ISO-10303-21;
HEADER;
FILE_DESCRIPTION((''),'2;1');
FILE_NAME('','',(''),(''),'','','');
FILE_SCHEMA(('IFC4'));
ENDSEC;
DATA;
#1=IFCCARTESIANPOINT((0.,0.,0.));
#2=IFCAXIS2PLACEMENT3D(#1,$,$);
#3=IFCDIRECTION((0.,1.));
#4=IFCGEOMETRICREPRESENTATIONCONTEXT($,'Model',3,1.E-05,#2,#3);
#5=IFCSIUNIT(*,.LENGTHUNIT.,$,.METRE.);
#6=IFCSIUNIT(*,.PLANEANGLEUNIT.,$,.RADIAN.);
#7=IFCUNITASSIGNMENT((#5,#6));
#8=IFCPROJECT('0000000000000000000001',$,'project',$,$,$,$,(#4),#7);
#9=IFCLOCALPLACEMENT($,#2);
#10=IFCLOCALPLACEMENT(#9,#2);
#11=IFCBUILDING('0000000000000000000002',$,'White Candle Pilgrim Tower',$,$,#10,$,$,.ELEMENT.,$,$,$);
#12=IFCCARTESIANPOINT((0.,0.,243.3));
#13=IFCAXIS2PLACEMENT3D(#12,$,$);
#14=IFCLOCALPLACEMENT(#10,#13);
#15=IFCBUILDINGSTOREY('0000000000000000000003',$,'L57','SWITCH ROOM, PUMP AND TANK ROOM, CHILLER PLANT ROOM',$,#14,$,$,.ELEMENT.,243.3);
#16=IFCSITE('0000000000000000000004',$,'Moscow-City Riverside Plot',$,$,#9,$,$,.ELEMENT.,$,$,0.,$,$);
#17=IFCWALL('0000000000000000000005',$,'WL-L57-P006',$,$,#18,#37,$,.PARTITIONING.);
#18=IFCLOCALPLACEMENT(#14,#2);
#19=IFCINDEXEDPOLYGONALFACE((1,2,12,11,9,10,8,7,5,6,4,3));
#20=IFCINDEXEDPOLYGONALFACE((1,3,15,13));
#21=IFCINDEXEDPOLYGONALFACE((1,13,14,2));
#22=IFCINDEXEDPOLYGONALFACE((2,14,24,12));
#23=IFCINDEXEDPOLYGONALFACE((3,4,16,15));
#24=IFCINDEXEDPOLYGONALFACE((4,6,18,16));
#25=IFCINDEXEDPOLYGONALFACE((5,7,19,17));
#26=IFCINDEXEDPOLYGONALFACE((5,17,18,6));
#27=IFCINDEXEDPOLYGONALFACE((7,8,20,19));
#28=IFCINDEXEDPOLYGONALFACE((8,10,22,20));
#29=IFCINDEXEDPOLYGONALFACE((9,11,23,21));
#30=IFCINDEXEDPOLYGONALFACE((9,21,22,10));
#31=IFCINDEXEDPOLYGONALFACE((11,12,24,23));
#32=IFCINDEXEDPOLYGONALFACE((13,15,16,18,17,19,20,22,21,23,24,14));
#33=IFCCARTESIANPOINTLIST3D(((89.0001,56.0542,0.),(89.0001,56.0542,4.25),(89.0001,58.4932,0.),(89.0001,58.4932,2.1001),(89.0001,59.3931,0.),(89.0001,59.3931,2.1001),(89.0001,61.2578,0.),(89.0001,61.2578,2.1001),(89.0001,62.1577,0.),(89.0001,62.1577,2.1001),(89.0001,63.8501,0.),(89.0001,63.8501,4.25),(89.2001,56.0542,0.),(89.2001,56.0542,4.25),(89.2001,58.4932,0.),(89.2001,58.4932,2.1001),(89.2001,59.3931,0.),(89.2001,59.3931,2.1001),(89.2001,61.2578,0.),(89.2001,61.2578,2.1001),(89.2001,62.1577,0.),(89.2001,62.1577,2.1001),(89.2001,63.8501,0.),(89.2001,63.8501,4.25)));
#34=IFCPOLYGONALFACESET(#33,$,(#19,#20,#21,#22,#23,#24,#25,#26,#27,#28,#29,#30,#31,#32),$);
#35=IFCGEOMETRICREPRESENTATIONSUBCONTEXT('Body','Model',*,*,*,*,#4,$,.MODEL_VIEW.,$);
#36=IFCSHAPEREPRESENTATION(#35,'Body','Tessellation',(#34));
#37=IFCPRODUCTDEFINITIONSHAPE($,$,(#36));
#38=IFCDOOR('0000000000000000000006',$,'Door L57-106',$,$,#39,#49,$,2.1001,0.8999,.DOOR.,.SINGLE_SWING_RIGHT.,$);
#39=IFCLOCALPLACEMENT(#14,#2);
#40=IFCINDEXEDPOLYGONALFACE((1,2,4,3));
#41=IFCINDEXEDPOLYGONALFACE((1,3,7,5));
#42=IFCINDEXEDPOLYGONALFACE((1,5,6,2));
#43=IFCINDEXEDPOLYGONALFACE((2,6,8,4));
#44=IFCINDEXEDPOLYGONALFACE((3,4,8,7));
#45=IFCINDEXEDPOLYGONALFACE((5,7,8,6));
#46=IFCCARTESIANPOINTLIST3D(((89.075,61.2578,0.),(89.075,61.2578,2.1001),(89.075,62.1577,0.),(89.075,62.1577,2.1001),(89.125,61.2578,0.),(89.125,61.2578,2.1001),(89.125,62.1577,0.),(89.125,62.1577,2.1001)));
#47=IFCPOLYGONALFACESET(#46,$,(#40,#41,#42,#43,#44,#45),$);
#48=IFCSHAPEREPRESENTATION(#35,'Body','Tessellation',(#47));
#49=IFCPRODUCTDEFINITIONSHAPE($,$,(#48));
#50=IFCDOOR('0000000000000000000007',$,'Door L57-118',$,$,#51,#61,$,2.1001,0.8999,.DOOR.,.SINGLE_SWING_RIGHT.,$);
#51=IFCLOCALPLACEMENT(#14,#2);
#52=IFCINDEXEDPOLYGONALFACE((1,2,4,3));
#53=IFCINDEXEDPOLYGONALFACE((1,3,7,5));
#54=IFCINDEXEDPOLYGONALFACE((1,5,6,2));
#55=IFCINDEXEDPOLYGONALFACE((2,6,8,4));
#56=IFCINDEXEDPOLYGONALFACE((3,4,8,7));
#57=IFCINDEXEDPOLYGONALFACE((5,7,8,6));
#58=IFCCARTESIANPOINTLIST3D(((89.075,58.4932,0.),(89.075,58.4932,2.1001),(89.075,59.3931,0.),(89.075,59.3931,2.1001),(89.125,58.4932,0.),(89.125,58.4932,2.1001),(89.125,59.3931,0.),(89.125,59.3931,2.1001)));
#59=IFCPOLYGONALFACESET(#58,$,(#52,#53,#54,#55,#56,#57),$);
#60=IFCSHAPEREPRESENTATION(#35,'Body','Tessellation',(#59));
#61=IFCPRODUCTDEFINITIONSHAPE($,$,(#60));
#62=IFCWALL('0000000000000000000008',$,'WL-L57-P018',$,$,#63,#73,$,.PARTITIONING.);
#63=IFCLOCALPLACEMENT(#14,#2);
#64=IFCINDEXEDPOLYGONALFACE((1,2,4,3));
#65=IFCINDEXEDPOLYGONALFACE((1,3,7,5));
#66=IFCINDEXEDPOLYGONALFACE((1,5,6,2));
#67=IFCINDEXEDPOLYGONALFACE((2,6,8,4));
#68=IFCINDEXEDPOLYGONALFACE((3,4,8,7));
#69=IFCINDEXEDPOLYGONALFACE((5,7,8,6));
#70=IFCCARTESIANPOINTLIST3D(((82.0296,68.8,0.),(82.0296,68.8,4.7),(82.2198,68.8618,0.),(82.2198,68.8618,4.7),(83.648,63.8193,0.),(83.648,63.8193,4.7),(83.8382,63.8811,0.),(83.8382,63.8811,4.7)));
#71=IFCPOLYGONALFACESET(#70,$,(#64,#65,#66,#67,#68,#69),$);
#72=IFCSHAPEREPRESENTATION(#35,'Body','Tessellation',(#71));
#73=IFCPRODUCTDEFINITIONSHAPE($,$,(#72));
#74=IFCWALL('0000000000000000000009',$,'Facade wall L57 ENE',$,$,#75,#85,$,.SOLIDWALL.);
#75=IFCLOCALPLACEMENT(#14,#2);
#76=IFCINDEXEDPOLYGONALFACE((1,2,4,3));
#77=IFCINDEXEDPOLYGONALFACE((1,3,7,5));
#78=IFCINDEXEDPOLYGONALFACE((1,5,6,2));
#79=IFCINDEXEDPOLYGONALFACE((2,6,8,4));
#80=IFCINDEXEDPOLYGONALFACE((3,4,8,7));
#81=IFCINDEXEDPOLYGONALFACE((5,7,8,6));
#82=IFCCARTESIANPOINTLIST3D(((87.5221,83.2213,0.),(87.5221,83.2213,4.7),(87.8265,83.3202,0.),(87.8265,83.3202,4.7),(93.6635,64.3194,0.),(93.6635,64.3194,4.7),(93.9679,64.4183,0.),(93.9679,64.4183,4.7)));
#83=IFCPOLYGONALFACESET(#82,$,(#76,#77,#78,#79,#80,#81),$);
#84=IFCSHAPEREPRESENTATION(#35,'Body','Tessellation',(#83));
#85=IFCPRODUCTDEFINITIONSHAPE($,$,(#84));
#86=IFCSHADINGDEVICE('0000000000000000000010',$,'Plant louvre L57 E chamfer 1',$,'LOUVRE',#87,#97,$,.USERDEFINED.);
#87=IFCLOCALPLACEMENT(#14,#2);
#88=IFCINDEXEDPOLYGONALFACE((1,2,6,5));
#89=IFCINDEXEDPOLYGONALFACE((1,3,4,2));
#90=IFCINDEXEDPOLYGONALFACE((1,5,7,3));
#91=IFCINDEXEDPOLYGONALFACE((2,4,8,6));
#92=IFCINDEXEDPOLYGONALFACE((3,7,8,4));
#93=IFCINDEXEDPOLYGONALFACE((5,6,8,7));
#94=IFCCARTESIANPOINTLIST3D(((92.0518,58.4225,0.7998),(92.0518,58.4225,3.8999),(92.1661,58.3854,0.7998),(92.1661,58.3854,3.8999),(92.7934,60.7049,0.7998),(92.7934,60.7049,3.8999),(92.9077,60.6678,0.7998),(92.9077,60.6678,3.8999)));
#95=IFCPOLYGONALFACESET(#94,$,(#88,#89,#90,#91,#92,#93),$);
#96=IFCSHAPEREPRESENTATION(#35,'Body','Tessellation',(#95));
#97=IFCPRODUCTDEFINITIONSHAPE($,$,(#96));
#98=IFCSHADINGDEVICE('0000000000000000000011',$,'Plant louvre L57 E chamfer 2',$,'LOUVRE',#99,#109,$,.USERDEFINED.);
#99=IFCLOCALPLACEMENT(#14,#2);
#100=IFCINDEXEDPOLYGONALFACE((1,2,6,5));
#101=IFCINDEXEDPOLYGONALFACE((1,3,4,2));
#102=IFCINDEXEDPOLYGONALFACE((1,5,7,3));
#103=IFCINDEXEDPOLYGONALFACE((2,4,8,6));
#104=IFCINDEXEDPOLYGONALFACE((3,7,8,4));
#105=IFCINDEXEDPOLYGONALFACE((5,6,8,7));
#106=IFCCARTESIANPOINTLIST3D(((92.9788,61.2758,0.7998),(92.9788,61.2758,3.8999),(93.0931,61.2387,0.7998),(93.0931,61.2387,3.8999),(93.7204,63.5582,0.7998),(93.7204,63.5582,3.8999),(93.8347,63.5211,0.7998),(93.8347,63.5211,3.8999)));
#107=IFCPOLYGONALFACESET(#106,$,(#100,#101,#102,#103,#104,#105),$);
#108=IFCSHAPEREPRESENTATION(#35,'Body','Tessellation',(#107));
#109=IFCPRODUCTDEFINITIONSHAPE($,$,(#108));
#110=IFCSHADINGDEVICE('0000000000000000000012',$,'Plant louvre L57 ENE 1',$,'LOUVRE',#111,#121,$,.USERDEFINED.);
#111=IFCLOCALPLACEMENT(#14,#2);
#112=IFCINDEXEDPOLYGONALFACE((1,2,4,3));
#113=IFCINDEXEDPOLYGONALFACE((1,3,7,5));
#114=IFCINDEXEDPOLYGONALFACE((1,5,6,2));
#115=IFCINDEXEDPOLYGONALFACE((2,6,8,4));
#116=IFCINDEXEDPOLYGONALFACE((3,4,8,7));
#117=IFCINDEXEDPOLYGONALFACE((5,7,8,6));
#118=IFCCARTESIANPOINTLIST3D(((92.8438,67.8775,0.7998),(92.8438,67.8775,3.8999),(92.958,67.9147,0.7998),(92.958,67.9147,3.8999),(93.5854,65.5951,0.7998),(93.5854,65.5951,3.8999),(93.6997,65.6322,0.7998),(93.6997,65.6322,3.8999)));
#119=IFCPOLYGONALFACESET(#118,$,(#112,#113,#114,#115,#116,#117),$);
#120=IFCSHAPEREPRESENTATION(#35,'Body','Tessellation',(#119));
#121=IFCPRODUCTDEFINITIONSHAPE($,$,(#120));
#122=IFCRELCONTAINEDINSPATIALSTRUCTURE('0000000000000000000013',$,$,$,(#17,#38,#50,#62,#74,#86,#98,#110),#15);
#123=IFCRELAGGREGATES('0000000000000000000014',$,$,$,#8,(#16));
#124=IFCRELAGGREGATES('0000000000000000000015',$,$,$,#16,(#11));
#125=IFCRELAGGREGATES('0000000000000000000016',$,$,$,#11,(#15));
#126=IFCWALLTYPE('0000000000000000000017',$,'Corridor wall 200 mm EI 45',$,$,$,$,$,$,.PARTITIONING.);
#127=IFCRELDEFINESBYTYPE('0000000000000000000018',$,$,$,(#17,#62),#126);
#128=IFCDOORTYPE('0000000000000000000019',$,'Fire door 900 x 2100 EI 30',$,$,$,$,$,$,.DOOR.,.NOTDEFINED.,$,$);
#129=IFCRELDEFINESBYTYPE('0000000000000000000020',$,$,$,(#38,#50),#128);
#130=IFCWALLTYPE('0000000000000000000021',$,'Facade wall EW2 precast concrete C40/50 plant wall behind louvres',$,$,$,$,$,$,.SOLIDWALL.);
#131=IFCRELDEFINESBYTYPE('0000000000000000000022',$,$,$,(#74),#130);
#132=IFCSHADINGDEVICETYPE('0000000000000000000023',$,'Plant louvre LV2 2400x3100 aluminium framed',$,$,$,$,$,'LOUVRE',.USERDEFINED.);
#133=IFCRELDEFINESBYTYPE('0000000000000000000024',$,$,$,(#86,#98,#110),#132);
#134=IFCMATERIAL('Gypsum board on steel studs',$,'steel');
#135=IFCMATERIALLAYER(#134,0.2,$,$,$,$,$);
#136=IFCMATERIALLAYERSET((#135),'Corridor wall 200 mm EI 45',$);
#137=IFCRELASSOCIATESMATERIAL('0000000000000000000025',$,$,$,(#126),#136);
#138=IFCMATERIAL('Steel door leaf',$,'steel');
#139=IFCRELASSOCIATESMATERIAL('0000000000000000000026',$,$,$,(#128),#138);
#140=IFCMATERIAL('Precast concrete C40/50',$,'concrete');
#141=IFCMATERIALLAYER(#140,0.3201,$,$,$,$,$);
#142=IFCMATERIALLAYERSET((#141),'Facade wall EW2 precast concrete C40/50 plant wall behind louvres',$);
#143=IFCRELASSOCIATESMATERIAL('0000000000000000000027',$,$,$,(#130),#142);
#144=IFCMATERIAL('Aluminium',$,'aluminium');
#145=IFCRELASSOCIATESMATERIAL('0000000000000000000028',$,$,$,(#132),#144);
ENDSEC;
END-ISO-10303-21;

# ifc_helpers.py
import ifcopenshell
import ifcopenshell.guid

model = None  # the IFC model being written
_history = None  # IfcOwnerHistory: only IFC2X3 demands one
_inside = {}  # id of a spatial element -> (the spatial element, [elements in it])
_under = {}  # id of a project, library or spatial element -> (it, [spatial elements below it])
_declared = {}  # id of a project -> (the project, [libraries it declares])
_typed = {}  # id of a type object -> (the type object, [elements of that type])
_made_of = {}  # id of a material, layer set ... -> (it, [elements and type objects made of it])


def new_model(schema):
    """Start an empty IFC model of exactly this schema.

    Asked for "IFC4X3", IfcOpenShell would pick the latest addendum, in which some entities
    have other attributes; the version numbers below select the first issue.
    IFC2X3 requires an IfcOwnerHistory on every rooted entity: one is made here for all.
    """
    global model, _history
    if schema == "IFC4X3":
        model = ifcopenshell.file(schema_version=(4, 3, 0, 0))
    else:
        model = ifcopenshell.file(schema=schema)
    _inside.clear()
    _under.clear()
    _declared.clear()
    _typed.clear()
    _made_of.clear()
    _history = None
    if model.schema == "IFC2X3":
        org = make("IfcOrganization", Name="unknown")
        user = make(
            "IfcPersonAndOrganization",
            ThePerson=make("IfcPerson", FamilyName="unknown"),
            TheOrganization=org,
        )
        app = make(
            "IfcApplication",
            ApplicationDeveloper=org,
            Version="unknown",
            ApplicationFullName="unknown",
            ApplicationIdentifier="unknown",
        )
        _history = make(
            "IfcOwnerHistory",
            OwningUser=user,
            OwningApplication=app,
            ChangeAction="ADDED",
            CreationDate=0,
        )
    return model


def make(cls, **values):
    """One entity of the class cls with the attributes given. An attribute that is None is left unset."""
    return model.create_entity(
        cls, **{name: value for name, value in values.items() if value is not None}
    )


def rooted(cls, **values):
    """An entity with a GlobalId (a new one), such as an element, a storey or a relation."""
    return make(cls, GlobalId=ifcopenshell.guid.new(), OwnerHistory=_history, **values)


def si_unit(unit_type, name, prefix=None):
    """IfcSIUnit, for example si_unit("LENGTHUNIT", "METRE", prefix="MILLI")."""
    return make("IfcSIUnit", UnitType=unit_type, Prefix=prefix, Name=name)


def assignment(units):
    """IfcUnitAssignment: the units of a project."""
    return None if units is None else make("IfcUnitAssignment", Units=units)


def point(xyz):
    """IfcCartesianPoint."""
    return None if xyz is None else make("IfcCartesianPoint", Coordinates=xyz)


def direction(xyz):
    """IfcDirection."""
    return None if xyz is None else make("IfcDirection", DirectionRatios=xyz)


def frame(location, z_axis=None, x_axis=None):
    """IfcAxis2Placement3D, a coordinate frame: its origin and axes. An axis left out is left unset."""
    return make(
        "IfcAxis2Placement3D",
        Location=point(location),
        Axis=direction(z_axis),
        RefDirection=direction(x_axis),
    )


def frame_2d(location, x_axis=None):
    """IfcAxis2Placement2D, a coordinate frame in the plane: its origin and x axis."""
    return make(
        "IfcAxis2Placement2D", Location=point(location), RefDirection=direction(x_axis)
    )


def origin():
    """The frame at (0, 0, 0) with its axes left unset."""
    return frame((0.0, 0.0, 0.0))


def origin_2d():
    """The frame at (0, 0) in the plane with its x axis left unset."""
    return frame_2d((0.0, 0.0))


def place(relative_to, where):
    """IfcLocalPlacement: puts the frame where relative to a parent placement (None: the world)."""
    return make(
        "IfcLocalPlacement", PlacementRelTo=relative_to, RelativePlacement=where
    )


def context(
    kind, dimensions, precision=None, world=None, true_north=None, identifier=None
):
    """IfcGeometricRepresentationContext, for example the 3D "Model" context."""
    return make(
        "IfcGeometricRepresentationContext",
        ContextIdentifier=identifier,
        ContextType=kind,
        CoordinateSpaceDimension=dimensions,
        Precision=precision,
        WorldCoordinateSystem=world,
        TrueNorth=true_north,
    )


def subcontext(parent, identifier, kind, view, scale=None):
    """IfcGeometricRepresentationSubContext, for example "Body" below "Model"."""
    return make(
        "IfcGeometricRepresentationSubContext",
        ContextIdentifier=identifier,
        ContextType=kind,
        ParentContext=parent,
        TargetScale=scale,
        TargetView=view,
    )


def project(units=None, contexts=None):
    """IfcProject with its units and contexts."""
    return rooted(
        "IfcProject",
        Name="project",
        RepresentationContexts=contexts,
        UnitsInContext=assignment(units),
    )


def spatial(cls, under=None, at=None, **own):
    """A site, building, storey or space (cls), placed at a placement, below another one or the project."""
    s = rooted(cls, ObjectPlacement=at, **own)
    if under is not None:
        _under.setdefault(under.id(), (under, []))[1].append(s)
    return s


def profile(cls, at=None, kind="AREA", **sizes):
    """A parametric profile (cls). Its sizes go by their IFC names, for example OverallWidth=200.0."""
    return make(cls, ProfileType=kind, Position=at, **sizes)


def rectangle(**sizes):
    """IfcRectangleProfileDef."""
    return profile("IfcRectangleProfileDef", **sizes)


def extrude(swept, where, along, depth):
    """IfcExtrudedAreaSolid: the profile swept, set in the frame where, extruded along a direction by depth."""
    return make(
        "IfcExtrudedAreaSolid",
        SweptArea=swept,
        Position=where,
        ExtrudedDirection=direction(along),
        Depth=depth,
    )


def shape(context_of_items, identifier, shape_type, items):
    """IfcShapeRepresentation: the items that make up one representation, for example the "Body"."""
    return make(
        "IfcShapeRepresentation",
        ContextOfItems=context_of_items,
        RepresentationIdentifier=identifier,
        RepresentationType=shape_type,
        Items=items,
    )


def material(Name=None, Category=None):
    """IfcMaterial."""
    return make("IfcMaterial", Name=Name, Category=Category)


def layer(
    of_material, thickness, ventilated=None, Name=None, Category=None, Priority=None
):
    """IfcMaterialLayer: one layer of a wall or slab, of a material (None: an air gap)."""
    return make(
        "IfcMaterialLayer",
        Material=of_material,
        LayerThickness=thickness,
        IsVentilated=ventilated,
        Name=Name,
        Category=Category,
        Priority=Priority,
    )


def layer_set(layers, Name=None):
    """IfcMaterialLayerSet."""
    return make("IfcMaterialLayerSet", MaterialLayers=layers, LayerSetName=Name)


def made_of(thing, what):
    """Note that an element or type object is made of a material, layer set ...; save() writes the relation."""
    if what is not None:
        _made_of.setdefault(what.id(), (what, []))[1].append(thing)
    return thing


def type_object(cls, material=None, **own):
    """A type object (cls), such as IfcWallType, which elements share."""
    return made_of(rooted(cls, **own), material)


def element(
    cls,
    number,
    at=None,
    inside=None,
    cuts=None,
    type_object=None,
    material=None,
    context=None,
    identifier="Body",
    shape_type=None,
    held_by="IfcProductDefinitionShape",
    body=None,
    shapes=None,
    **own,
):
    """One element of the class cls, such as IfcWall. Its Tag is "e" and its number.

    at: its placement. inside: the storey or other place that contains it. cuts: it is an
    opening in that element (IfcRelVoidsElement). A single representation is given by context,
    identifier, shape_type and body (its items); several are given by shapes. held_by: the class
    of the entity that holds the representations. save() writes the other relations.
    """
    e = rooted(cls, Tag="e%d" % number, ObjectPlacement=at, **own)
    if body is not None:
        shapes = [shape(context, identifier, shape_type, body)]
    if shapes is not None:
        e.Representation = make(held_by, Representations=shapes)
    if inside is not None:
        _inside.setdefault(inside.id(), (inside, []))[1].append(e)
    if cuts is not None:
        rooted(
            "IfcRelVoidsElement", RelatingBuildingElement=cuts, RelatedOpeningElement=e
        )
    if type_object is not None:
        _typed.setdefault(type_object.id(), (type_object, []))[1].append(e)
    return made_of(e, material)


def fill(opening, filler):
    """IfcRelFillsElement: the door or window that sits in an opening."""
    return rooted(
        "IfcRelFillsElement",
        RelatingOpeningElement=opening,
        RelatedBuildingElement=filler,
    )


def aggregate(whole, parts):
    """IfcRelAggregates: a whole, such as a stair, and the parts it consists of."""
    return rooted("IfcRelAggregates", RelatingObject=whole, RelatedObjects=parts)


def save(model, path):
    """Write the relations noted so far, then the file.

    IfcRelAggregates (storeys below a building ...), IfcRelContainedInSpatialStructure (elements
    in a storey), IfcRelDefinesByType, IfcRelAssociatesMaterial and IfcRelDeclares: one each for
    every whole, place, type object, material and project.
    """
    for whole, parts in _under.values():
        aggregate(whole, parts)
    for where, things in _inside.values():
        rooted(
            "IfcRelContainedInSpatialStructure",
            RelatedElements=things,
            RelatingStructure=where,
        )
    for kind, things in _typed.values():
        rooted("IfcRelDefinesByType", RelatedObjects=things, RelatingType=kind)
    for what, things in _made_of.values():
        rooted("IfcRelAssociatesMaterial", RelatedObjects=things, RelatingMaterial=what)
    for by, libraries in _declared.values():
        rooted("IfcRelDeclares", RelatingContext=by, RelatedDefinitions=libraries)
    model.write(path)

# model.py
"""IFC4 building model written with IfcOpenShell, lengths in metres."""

from ifc_helpers import new_model, si_unit, direction, frame, frame_2d, origin, origin_2d, place, context, subcontext, project, spatial, rectangle, extrude, material, layer, layer_set, type_object, element, fill, save


model = new_model("IFC4")

# Units and contexts
model_context = context("Model", 3, precision=1e-05, world=origin(), true_north=direction((0.0, 1.0)))
body_context = subcontext(model_context, "Body", "Model", "MODEL_VIEW")
ifc_project = project(units=[si_unit("LENGTHUNIT", "METRE"), si_unit("PLANEANGLEUNIT", "RADIAN")], contexts=[model_context])

# Site, building, storey
site_placement = place(None, origin())
site = spatial("IfcSite", under=ifc_project, at=site_placement, Name="Moscow-City Riverside Plot", CompositionType="ELEMENT", RefElevation=0.0)
building_placement = place(site_placement, origin())
building = spatial("IfcBuilding", under=site, at=building_placement, Name="White Candle Pilgrim Tower", CompositionType="ELEMENT")
storey_placement = place(building_placement, frame((0.0, 0.0, 243.3)))
storey = spatial("IfcBuildingStorey", under=building, at=storey_placement, Name="L57", Description="SWITCH ROOM, PUMP AND TANK ROOM, CHILLER PLANT ROOM", CompositionType="ELEMENT", Elevation=243.3)

# Wall, openings, doors
ifc_material_1 = material(Name="Gypsum board on steel studs", Category="steel")
ifc_layer_1 = layer(ifc_material_1, 0.2)
ifc_layer_set_1 = layer_set([ifc_layer_1], Name="Corridor wall 200 mm EI 45")
wall_type_1 = type_object("IfcWallType", Name="Corridor wall 200 mm EI 45", PredefinedType="PARTITIONING", material=ifc_layer_set_1)
wall_1_placement = place(storey_placement, frame((89.1001, 63.8501, 0.0), z_axis=(0.0, 0.0, 1.0), x_axis=(0.0, -1.0, 0.0)))
wall_1 = element("IfcWall", 1, at=wall_1_placement, inside=storey, type_object=wall_type_1, Name="WL-L57-P006", PredefinedType="PARTITIONING", context=body_context, shape_type="SweptSolid", body=[
    extrude(rectangle(XDim=7.7959, YDim=0.2, at=frame_2d((3.8979, 0.0))), origin(), (0.0, 0.0, 1.0), 4.25),
])
opening_1_placement = place(wall_1_placement, frame((1.6924, 0.0, 0.0)))
opening_1 = element("IfcOpeningElement", 2, at=opening_1_placement, cuts=wall_1, PredefinedType="OPENING", context=body_context, shape_type="SweptSolid", body=[
    extrude(rectangle(XDim=0.8999, YDim=2.1001, at=frame_2d((0.45, 1.05))), frame((0.0, 0.1099, 0.0), z_axis=(0.0, -1.0, 0.0), x_axis=(1.0, 0.0, 0.0)), (0.0, 0.0, 1.0), 0.22),
])
opening_2_placement = place(wall_1_placement, frame((4.457, 0.0, 0.0)))
opening_2 = element("IfcOpeningElement", 3, at=opening_2_placement, cuts=wall_1, PredefinedType="OPENING", context=body_context, shape_type="SweptSolid", body=[
    extrude(rectangle(XDim=0.8999, YDim=2.1001, at=frame_2d((0.45, 1.05))), frame((0.0, 0.1099, 0.0), z_axis=(0.0, -1.0, 0.0), x_axis=(1.0, 0.0, 0.0)), (0.0, 0.0, 1.0), 0.22),
])
ifc_material_2 = material(Name="Steel door leaf", Category="steel")
door_type = type_object("IfcDoorType", Name="Fire door 900 x 2100 EI 30", OperationType="NOTDEFINED", PredefinedType="DOOR", material=ifc_material_2)
door_1_placement = place(opening_1_placement, origin())
door_1 = element("IfcDoor", 4, at=door_1_placement, inside=storey, type_object=door_type, Name="Door L57-106", OperationType="SINGLE_SWING_RIGHT", OverallHeight=2.1001, OverallWidth=0.8999, PredefinedType="DOOR", context=body_context, shape_type="SweptSolid", body=[
    extrude(rectangle(XDim=0.8999, YDim=2.1001, at=frame_2d((0.45, 1.05))), frame((0.0, 0.0249, 0.0), z_axis=(0.0, -1.0, 0.0), x_axis=(1.0, 0.0, 0.0)), (0.0, 0.0, 1.0), 0.05),
])
fill(opening_1, door_1)
door_2_placement = place(opening_2_placement, origin())
door_2 = element("IfcDoor", 5, at=door_2_placement, inside=storey, type_object=door_type, Name="Door L57-118", OperationType="SINGLE_SWING_RIGHT", OverallHeight=2.1001, OverallWidth=0.8999, PredefinedType="DOOR", context=body_context, shape_type="SweptSolid", body=[
    extrude(rectangle(XDim=0.8999, YDim=2.1001, at=frame_2d((0.45, 1.05))), frame((0.0, 0.0249, 0.0), z_axis=(0.0, -1.0, 0.0), x_axis=(1.0, 0.0, 0.0)), (0.0, 0.0, 1.0), 0.05),
])
fill(opening_2, door_2)

# Walls
wall_2_placement = place(storey_placement, frame((83.7432, 63.8501, 0.0), z_axis=(0.0, 0.0, 1.0), x_axis=(-0.30903, 0.951052, 0.0)))
element("IfcWall", 6, at=wall_2_placement, inside=storey, type_object=wall_type_1, Name="WL-L57-P018", PredefinedType="PARTITIONING", context=body_context, shape_type="SweptSolid", body=[
    extrude(rectangle(XDim=5.2371, YDim=0.2, at=frame_2d((2.6187, 0.0))), origin(), (0.0, 0.0, 1.0), 4.7),
])
ifc_material_3 = material(Name="Precast concrete C40/50", Category="concrete")
ifc_layer_2 = layer(ifc_material_3, 0.3201)
ifc_layer_set_2 = layer_set([ifc_layer_2], Name="Facade wall EW2 precast concrete C40/50 plant wall behind louvres")
wall_type_2 = type_object("IfcWallType", Name="Facade wall EW2 precast concrete C40/50 plant wall behind louvres", PredefinedType="SOLIDWALL", material=ifc_layer_set_2)
wall_3_placement = place(storey_placement, frame((93.8157, 64.3689, 0.0), z_axis=(0.0, 0.0, 1.0), x_axis=(-0.309007, 0.95106, 0.0)))
element("IfcWall", 7, at=wall_3_placement, inside=storey, type_object=wall_type_2, Name="Facade wall L57 ENE", PredefinedType="SOLIDWALL", context=body_context, shape_type="SweptSolid", body=[
    extrude(rectangle(XDim=19.8745, YDim=0.3201, at=frame_2d((9.9373, 0.0))), origin(), (0.0, 0.0, 1.0), 4.7),
])

# Shading devices
ifc_material_4 = material(Name="Aluminium", Category="aluminium")
shading_device_type = type_object("IfcShadingDeviceType", Name="Plant louvre LV2 2400x3100 aluminium framed", ElementType="LOUVRE", PredefinedType="USERDEFINED", material=ifc_material_4)
for number, where, z_axis, x_axis, name in (
    (8, (92.4797, 59.5452, 0.7998), (0.0, 0.0, 1.0), (0.309017, 0.951057, 0.0), "Plant louvre L57 E chamfer 1"),
    (9, (93.4067, 62.3984, 0.7998), (0.0, 0.0, 1.0), (0.309017, 0.951057, 0.0), "Plant louvre L57 E chamfer 2"),
    (10, (93.2717, 66.7549, 0.7998), (0.0, 0.0, 1.0), (-0.309017, 0.951057, 0.0), "Plant louvre L57 ENE 1"),
):
    element("IfcShadingDevice", number, at=place(storey_placement, frame(where, z_axis=z_axis, x_axis=x_axis)), inside=storey, type_object=shading_device_type, Name=name, ObjectType="LOUVRE", PredefinedType="USERDEFINED", context=body_context, shape_type="SweptSolid", body=[
        extrude(rectangle(XDim=2.3999, YDim=0.1201, at=origin_2d()), origin(), (0.0, 0.0, 1.0), 3.1001),
    ])

save(model, "model.ifc")
